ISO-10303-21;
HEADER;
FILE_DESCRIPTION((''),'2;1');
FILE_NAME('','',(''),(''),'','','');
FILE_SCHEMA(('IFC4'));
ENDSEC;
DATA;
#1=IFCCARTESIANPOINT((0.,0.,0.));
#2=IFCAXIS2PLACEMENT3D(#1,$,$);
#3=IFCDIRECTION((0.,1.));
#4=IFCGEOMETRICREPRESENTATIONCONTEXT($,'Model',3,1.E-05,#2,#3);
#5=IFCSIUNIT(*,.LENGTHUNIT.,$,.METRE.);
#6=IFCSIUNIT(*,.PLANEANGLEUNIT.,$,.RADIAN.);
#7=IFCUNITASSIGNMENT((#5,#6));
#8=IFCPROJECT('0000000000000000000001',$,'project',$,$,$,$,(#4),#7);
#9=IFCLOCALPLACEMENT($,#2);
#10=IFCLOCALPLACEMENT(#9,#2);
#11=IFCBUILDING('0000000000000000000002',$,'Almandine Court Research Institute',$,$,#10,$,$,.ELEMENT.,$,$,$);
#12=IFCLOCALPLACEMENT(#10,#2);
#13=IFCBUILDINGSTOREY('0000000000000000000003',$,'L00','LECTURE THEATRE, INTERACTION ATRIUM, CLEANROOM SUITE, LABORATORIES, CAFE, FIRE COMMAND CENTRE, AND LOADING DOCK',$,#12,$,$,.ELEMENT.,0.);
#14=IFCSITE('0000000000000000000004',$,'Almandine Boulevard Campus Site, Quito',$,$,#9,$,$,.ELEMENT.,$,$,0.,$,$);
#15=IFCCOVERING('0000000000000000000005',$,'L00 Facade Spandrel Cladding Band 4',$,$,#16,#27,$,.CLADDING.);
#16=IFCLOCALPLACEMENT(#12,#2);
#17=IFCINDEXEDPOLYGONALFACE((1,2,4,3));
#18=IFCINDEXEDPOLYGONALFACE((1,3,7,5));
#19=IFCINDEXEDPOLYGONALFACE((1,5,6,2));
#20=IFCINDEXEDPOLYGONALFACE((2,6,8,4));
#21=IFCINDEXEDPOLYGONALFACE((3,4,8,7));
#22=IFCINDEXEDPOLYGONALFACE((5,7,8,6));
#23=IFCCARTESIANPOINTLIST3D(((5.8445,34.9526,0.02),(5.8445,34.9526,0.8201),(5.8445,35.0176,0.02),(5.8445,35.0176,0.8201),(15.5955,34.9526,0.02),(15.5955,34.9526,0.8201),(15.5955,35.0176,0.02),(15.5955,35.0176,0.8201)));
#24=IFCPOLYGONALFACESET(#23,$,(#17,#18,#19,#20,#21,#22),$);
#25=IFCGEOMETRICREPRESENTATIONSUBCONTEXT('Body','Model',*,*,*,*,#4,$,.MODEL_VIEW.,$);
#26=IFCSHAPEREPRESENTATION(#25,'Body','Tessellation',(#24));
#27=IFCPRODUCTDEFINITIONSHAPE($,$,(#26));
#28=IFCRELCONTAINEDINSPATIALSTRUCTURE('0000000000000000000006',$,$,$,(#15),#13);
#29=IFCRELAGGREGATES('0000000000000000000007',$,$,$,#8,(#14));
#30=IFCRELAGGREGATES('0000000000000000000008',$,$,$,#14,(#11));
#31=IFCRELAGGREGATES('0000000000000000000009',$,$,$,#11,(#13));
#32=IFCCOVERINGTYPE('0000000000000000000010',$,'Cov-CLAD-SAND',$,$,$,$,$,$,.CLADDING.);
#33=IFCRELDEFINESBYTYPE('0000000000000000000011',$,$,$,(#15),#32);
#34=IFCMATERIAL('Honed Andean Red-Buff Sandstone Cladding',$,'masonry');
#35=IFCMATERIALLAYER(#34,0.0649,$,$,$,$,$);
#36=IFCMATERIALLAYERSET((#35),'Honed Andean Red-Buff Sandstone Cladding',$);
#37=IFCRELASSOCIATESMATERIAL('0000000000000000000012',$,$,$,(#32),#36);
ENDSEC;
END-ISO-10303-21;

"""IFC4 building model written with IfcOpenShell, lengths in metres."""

from ifc_helpers import new_model, si_unit, direction, frame, origin, origin_2d, place, context, subcontext, project, spatial, rectangle, extrude, material, layer, layer_set, type_object, element, save


model = new_model("IFC4")

# Units and contexts
model_context = context("Model", 3, precision=1e-05, world=origin(), true_north=direction((0.0, 1.0)))
body_context = subcontext(model_context, "Body", "Model", "MODEL_VIEW")
ifc_project = project(units=[si_unit("LENGTHUNIT", "METRE"), si_unit("PLANEANGLEUNIT", "RADIAN")], contexts=[model_context])

# Site, building, storey
site_placement = place(None, origin())
site = spatial("IfcSite", under=ifc_project, at=site_placement, Name="Almandine Boulevard Campus Site, Quito", CompositionType="ELEMENT", RefElevation=0.0)
building_placement = place(site_placement, origin())
building = spatial("IfcBuilding", under=site, at=building_placement, Name="Almandine Court Research Institute", CompositionType="ELEMENT")
storey_placement = place(building_placement, origin())
storey = spatial("IfcBuildingStorey", under=building, at=storey_placement, Name="L00", Description="LECTURE THEATRE, INTERACTION ATRIUM, CLEANROOM SUITE, LABORATORIES, CAFE, FIRE COMMAND CENTRE, AND LOADING DOCK", CompositionType="ELEMENT", Elevation=0.0)

# Covering
ifc_material_1 = material(Name="Honed Andean Red-Buff Sandstone Cladding", Category="masonry")
ifc_layer_1 = layer(ifc_material_1, 0.0649)
ifc_layer_set_1 = layer_set([ifc_layer_1], Name="Honed Andean Red-Buff Sandstone Cladding")
covering_type = type_object("IfcCoveringType", Name="Cov-CLAD-SAND", PredefinedType="CLADDING", material=ifc_layer_set_1)
covering_1_placement = place(storey_placement, frame((10.72, 34.9851, 0.02), z_axis=(0.0, 0.0, 1.0), x_axis=(1.0, 0.0, 0.0)))
element("IfcCovering", 1, at=covering_1_placement, inside=storey, type_object=covering_type, Name="L00 Facade Spandrel Cladding Band 4", PredefinedType="CLADDING", context=body_context, shape_type="SweptSolid", body=[
    extrude(rectangle(XDim=9.751, YDim=0.0649, at=origin_2d()), origin(), (0.0, 0.0, 1.0), 0.8),
])

save(model, "model.ifc")
